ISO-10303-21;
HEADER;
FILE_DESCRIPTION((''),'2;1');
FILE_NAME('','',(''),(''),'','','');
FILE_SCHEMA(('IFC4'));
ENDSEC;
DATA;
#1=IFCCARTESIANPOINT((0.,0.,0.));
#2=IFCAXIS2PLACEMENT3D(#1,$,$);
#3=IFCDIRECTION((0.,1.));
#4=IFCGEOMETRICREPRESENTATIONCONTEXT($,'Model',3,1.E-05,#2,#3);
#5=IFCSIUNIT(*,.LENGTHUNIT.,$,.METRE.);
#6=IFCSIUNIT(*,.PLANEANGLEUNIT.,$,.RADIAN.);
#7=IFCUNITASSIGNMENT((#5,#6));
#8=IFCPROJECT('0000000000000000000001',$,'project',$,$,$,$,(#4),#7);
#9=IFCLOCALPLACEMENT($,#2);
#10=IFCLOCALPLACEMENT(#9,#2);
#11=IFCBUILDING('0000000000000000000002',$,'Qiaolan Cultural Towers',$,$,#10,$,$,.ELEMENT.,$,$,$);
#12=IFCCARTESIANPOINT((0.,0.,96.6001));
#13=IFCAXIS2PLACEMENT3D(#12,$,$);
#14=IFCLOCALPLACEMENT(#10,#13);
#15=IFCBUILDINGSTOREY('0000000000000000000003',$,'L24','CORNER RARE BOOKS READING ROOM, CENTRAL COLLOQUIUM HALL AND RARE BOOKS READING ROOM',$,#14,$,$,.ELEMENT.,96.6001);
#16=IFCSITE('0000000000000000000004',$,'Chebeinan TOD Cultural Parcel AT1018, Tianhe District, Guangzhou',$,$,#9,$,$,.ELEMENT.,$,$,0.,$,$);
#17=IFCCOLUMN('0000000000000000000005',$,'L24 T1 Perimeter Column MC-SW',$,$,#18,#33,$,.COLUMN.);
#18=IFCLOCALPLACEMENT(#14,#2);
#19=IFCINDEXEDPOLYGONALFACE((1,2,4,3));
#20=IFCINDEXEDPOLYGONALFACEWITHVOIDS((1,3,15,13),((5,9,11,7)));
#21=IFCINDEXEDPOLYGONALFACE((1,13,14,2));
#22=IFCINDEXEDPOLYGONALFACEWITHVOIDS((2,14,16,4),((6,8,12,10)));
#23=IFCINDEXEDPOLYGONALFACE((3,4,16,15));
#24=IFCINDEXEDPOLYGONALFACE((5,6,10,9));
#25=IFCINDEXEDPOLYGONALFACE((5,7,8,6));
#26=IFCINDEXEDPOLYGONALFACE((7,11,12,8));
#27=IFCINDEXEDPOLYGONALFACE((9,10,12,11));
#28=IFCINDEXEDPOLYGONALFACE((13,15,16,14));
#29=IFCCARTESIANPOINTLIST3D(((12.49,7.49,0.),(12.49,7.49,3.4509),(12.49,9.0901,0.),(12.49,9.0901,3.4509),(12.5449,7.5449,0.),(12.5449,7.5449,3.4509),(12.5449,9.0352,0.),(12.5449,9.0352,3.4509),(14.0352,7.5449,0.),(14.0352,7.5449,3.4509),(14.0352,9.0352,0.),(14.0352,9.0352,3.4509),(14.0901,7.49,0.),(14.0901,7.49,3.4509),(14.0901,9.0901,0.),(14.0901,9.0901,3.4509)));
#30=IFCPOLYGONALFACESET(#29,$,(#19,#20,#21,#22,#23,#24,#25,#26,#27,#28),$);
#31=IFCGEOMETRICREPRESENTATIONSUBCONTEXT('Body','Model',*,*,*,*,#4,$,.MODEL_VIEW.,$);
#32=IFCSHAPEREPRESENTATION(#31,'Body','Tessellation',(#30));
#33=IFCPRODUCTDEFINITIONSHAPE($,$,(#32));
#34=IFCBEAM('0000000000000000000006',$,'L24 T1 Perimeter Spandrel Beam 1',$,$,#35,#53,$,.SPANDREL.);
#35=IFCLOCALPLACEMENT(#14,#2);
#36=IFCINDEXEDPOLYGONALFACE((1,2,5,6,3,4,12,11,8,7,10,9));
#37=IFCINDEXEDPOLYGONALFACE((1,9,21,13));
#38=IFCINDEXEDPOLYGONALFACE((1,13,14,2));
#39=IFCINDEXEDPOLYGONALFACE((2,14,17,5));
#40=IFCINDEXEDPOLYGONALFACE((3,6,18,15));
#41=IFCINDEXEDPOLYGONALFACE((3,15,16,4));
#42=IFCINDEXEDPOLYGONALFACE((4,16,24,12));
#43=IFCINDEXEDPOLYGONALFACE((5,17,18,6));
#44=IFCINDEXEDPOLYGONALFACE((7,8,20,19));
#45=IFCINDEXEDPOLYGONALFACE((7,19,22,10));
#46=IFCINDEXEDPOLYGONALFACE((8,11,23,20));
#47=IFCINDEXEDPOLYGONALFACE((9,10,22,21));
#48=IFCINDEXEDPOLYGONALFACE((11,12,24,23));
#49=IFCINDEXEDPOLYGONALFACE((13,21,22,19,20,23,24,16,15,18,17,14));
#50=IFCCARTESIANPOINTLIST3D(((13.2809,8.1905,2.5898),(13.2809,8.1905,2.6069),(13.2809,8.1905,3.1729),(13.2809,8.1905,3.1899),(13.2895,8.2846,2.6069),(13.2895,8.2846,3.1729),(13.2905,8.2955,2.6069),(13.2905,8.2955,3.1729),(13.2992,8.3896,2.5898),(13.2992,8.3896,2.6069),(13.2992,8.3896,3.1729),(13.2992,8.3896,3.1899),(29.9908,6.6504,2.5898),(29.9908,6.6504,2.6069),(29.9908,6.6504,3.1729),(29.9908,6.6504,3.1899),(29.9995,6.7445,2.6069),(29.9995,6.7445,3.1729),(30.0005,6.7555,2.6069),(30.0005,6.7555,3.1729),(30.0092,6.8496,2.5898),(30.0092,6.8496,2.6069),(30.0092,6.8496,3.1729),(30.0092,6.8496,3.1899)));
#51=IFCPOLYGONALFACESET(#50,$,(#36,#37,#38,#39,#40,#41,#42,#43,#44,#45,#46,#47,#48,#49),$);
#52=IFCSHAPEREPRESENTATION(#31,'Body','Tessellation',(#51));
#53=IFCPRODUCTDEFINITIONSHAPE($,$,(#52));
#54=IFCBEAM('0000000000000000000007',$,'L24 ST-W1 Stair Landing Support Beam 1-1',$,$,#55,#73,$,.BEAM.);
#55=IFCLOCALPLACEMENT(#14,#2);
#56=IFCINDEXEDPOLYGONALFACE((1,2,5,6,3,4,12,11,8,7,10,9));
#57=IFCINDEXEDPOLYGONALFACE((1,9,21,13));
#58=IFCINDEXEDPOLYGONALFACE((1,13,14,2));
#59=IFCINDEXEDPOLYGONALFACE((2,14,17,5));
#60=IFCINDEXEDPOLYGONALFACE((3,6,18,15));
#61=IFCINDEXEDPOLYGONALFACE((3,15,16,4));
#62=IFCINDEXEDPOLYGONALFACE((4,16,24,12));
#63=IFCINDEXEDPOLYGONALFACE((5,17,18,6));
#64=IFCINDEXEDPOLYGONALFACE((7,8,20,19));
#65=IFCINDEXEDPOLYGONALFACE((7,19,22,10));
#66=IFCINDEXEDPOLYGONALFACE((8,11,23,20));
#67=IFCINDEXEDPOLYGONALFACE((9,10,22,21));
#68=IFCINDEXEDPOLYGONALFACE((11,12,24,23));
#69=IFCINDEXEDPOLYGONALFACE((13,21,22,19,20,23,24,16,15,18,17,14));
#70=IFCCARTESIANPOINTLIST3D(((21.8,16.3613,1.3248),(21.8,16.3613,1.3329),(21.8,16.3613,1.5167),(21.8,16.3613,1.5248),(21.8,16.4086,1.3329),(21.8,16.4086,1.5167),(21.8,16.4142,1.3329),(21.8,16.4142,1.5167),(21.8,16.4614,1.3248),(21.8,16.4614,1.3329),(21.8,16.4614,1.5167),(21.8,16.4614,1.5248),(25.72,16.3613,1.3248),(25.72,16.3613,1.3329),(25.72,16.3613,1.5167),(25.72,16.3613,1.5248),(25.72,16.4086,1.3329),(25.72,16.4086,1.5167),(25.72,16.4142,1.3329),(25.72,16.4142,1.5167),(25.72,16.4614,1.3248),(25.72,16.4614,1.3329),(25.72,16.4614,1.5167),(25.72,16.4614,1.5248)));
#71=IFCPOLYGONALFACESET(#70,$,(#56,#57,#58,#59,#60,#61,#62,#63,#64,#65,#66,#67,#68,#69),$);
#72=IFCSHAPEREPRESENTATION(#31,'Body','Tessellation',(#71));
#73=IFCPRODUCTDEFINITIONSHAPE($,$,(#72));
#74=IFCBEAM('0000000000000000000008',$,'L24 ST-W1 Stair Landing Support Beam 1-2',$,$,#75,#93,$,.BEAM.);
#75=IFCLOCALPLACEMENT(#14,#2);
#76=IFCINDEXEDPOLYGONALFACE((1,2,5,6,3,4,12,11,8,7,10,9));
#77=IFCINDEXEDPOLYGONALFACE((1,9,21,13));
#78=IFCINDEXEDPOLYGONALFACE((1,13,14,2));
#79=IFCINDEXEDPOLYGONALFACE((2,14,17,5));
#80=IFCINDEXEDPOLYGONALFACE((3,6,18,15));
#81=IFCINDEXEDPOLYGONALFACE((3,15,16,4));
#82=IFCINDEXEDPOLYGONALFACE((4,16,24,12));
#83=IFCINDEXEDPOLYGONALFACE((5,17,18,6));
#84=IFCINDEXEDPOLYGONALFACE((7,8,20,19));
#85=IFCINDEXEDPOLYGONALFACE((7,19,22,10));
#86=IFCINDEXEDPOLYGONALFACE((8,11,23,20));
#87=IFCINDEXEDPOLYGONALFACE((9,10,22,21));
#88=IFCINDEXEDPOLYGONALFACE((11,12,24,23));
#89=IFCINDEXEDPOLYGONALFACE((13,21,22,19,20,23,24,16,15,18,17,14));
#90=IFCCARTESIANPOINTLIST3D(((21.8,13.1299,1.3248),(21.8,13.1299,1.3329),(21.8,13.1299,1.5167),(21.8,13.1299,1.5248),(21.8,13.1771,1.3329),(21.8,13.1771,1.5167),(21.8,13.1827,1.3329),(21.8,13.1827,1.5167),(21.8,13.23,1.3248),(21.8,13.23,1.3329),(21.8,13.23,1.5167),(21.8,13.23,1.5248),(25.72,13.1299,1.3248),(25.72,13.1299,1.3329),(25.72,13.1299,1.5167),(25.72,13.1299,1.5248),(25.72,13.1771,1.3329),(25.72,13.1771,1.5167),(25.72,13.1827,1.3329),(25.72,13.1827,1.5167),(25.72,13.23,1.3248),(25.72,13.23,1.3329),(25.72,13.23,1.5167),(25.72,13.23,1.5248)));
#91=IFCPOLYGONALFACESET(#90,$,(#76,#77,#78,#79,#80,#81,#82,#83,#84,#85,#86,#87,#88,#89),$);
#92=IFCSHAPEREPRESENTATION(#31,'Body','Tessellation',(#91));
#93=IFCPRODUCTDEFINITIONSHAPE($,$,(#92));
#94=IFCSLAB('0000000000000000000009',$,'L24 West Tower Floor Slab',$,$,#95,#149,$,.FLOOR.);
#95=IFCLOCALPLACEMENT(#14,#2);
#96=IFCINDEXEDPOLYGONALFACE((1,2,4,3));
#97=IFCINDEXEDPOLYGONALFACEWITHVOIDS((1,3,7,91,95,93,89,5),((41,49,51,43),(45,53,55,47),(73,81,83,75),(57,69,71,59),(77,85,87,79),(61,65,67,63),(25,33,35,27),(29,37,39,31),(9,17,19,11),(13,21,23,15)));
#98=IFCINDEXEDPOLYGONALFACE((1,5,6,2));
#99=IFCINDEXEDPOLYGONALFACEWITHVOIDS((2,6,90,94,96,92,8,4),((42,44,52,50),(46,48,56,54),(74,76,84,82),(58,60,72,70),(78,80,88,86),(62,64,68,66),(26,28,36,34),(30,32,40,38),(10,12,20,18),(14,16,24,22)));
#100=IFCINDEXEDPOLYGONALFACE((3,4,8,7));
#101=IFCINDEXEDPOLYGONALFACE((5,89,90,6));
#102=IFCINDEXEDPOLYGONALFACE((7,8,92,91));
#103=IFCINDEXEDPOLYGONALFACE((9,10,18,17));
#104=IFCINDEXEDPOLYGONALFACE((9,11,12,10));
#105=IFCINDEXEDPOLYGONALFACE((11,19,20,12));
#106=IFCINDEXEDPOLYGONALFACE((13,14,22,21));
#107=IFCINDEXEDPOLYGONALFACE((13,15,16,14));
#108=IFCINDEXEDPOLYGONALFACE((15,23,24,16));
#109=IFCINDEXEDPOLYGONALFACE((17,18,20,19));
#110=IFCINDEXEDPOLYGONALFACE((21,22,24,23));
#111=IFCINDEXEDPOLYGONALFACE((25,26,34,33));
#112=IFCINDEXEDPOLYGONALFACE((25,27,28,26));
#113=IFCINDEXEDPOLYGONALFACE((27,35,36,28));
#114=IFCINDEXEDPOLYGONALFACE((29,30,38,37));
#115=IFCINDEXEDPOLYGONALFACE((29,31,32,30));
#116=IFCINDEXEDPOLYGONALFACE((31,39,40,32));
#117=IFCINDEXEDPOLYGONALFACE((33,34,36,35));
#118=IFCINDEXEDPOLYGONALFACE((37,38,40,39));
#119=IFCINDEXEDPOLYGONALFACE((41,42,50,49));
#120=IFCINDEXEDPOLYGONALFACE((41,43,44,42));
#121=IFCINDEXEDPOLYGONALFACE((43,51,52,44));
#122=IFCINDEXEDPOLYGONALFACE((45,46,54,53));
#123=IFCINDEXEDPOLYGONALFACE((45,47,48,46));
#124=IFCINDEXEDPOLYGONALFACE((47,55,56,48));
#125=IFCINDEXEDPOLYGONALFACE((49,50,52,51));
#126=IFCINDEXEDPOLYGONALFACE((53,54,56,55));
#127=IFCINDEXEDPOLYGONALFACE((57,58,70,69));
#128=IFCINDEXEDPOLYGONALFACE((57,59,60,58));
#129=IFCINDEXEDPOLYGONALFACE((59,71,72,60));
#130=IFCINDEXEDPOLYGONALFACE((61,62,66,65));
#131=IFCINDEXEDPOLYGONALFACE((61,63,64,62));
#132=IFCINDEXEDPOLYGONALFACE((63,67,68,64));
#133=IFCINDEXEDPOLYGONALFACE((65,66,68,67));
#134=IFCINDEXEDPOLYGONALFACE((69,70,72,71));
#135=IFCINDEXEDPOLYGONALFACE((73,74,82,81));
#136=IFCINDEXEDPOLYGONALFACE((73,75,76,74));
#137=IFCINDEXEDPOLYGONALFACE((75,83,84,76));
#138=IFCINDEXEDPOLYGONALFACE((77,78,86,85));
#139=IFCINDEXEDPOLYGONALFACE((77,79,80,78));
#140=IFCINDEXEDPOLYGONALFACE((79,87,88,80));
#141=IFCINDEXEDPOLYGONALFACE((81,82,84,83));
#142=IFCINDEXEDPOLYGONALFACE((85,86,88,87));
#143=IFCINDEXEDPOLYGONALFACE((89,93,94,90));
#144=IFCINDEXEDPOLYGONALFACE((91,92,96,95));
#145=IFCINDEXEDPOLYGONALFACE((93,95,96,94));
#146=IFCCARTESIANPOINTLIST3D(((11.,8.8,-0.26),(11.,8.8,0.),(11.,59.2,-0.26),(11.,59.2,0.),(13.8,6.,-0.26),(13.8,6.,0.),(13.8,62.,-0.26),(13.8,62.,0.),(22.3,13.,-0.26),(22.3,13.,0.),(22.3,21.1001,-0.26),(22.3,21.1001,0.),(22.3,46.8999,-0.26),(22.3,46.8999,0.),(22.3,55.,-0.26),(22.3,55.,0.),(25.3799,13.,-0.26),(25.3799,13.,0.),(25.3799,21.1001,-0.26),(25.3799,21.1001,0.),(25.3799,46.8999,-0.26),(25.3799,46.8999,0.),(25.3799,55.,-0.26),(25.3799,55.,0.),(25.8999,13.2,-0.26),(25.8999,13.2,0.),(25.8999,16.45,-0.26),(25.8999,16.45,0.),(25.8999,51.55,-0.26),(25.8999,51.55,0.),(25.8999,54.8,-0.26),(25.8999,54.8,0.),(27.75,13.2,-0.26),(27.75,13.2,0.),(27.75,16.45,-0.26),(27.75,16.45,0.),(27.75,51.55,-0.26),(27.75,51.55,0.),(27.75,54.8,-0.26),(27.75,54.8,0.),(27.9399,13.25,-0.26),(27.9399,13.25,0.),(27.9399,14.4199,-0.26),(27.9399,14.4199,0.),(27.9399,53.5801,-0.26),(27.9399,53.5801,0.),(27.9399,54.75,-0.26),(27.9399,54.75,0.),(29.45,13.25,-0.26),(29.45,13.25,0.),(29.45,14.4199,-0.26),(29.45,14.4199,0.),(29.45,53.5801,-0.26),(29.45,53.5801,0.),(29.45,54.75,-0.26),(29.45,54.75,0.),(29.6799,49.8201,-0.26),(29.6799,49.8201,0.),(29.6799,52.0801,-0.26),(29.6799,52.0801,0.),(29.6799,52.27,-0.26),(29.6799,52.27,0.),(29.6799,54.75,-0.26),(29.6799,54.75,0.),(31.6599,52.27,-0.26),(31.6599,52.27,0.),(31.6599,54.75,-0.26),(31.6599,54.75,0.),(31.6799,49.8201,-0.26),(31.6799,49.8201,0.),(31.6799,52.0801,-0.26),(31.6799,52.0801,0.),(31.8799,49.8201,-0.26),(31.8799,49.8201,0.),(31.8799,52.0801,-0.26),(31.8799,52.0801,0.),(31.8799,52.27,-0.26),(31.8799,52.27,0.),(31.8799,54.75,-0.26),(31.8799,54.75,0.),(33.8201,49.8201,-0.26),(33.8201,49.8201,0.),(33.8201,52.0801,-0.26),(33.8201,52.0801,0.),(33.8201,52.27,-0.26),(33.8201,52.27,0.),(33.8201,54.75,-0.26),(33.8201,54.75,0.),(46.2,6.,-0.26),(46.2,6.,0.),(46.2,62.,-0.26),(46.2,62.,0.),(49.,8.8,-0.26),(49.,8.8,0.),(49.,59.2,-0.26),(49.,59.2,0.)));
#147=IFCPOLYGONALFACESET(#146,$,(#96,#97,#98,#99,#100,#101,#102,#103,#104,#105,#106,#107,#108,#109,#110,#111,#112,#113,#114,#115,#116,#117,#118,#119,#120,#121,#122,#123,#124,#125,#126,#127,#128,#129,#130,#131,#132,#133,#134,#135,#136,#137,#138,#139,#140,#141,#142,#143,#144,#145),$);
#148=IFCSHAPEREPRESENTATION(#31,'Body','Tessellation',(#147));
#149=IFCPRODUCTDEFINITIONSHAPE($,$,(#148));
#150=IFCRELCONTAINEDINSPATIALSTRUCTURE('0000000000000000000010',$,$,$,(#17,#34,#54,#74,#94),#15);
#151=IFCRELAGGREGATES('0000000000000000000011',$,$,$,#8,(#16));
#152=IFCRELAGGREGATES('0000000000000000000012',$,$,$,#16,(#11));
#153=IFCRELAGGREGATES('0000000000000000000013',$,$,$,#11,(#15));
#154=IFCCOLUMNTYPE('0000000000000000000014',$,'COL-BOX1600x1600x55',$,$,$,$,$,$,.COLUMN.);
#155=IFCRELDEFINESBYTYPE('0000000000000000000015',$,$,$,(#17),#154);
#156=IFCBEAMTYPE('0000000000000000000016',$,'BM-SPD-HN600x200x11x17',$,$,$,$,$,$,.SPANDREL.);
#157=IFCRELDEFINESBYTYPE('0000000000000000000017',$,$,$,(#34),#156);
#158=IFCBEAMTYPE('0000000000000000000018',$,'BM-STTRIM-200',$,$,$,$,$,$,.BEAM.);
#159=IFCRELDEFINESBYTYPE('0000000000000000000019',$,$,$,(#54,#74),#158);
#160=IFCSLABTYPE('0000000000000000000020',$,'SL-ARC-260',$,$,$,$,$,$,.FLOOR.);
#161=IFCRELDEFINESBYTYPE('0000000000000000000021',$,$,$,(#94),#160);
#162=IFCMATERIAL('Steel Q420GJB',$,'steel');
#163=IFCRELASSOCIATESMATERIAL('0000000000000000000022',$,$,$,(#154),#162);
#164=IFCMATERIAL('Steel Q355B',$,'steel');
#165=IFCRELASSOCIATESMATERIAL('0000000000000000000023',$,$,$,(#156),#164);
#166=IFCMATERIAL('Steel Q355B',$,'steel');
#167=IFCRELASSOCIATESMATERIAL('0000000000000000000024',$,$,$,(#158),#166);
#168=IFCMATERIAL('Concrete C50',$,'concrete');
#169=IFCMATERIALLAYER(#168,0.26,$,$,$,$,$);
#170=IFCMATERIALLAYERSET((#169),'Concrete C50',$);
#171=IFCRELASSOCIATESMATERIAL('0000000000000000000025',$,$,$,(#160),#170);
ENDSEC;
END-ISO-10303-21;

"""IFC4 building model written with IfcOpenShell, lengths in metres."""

from ifc_helpers import new_model, si_unit, direction, frame, origin, origin_2d, place, context, subcontext, project, spatial, polyline, hollow_rectangle, i_section, outline, extrude, material, layer, layer_set, material_profile, profile_set, type_object, element, save


model = new_model("IFC4")

# Units and contexts
model_context = context("Model", 3, precision=1e-05, world=origin(), true_north=direction((0.0, 1.0)))
body_context = subcontext(model_context, "Body", "Model", "MODEL_VIEW")
ifc_project = project(units=[si_unit("LENGTHUNIT", "METRE"), si_unit("PLANEANGLEUNIT", "RADIAN")], contexts=[model_context])

# Site, building, storey
site_placement = place(None, origin())
site = spatial("IfcSite", under=ifc_project, at=site_placement, Name="Chebeinan TOD Cultural Parcel AT1018, Tianhe District, Guangzhou", CompositionType="ELEMENT", RefElevation=0.0)
building_placement = place(site_placement, origin())
building = spatial("IfcBuilding", under=site, at=building_placement, Name="Qiaolan Cultural Towers", CompositionType="ELEMENT")
storey_placement = place(building_placement, frame((0.0, 0.0, 96.6001)))
storey = spatial("IfcBuildingStorey", under=building, at=storey_placement, Name="L24", Description="CORNER RARE BOOKS READING ROOM, CENTRAL COLLOQUIUM HALL AND RARE BOOKS READING ROOM", CompositionType="ELEMENT", Elevation=96.6001)

# Column
ifc_material_1 = material(Name="Steel Q420GJB", Category="steel")
ifc_material_profile_1 = material_profile(ifc_material_1, hollow_rectangle(XDim=1.6001, YDim=1.6001, WallThickness=0.0549, at=origin_2d()), Name="BOX1600x1600x55")
ifc_profile_set_1 = profile_set([ifc_material_profile_1], Name="Steel Q420GJB")
column_type = type_object("IfcColumnType", Name="COL-BOX1600x1600x55", PredefinedType="COLUMN", material=ifc_profile_set_1)
column_placement = place(storey_placement, frame((13.29, 8.29, 0.0), z_axis=(0.0, 0.0, 1.0), x_axis=(1.0, 0.0, 0.0)))
element("IfcColumn", 1, at=column_placement, inside=storey, type_object=column_type, Name="L24 T1 Perimeter Column MC-SW", PredefinedType="COLUMN", context=body_context, shape_type="SweptSolid", body=[
    extrude(hollow_rectangle(XDim=1.6001, YDim=1.6001, WallThickness=0.0549, at=origin_2d()), origin(), (0.0, 0.0, 1.0), 3.4509),
])

# Beams
ifc_material_2 = material(Name="Steel Q355B", Category="steel")
ifc_material_profile_2 = material_profile(ifc_material_2, i_section(OverallWidth=0.2, OverallDepth=0.6001, WebThickness=0.011, FlangeThickness=0.0171, at=origin_2d()), Name="HN600x200x11x17")
ifc_profile_set_2 = profile_set([ifc_material_profile_2], Name="Steel Q355B")
beam_type_1 = type_object("IfcBeamType", Name="BM-SPD-HN600x200x11x17", PredefinedType="SPANDREL", material=ifc_profile_set_2)
beam_placement = place(storey_placement, frame((13.29, 8.29, 2.8899), z_axis=(0.99578, -0.091774, 0.0), x_axis=(0.091774, 0.99578, 0.0)))
element("IfcBeam", 2, at=beam_placement, inside=storey, type_object=beam_type_1, Name="L24 T1 Perimeter Spandrel Beam 1", PredefinedType="SPANDREL", context=body_context, shape_type="SweptSolid", body=[
    extrude(i_section(OverallWidth=0.2, OverallDepth=0.6001, WebThickness=0.011, FlangeThickness=0.0171, at=origin_2d()), origin(), (0.0, 0.0, 1.0), 16.7808),
])
ifc_material_3 = material(Name="Steel Q355B", Category="steel")
ifc_material_profile_3 = material_profile(ifc_material_3, i_section(OverallWidth=0.1001, OverallDepth=0.2, WebThickness=0.0056, FlangeThickness=0.0081, at=origin_2d()), Name="HN200x100x5.5x8")
ifc_profile_set_3 = profile_set([ifc_material_profile_3], Name="Steel Q355B")
beam_type_2 = type_object("IfcBeamType", Name="BM-STTRIM-200", PredefinedType="BEAM", material=ifc_profile_set_3)
for number, where, z_axis, x_axis, name in (
    (3, (21.8, 16.4114, 1.4248), (1.0, 0.0, 0.0), (0.0, 1.0, 0.0), "L24 ST-W1 Stair Landing Support Beam 1-1"),
    (4, (21.8, 13.1799, 1.4248), (1.0, 0.0, 0.0), (0.0, 1.0, 0.0), "L24 ST-W1 Stair Landing Support Beam 1-2"),
):
    element("IfcBeam", number, at=place(storey_placement, frame(where, z_axis=z_axis, x_axis=x_axis)), inside=storey, type_object=beam_type_2, Name=name, PredefinedType="BEAM", context=body_context, shape_type="SweptSolid", body=[
        extrude(i_section(OverallWidth=0.1001, OverallDepth=0.2, WebThickness=0.0056, FlangeThickness=0.0081, at=origin_2d()), origin(), (0.0, 0.0, 1.0), 3.9199),
    ])

# Slab
ifc_material_4 = material(Name="Concrete C50", Category="concrete")
ifc_layer_1 = layer(ifc_material_4, 0.26)
ifc_layer_set_1 = layer_set([ifc_layer_1], Name="Concrete C50")
slab_type_1 = type_object("IfcSlabType", Name="SL-ARC-260", PredefinedType="FLOOR", material=ifc_layer_set_1)
slab_1_placement = place(storey_placement, frame((0.0, 0.0, -0.26)))
element("IfcSlab", 5, at=slab_1_placement, inside=storey, type_object=slab_type_1, Name="L24 West Tower Floor Slab", PredefinedType="FLOOR", context=body_context, shape_type="SweptSolid", body=[
    extrude(outline(polyline([(13.8, 6.0), (46.2, 6.0), (49.0, 8.8), (49.0, 59.2), (46.2, 62.0), (13.8, 62.0), (11.0, 59.2), (11.0, 8.8), (13.8, 6.0)]), holes=[polyline([(22.3, 21.1001), (22.3, 13.0), (25.3799, 13.0), (25.3799, 21.1001), (22.3, 21.1001)]), polyline([(25.3799, 46.8999), (25.3799, 55.0), (22.3, 55.0), (22.3, 46.8999), (25.3799, 46.8999)]), polyline([(25.8999, 13.2), (27.75, 13.2), (27.75, 16.45), (25.8999, 16.45), (25.8999, 13.2)]), polyline([(27.9399, 13.25), (29.45, 13.25), (29.45, 14.4199), (27.9399, 14.4199), (27.9399, 13.25)]), polyline([(25.8999, 51.55), (27.75, 51.55), (27.75, 54.8), (25.8999, 54.8), (25.8999, 51.55)]), polyline([(27.9399, 53.5801), (29.45, 53.5801), (29.45, 54.75), (27.9399, 54.75), (27.9399, 53.5801)]), polyline([(29.6799, 49.8201), (31.6799, 49.8201), (31.6799, 52.0801), (29.6799, 52.0801), (29.6799, 49.8201)]), polyline([(31.8799, 49.8201), (33.8201, 49.8201), (33.8201, 52.0801), (31.8799, 52.0801), (31.8799, 49.8201)]), polyline([(29.6799, 52.27), (31.6599, 52.27), (31.6599, 54.75), (29.6799, 54.75), (29.6799, 52.27)]), polyline([(31.8799, 52.27), (33.8201, 52.27), (33.8201, 54.75), (31.8799, 54.75), (31.8799, 52.27)])]), origin(), (0.0, 0.0, 1.0), 0.26),
])

save(model, "model.ifc")
